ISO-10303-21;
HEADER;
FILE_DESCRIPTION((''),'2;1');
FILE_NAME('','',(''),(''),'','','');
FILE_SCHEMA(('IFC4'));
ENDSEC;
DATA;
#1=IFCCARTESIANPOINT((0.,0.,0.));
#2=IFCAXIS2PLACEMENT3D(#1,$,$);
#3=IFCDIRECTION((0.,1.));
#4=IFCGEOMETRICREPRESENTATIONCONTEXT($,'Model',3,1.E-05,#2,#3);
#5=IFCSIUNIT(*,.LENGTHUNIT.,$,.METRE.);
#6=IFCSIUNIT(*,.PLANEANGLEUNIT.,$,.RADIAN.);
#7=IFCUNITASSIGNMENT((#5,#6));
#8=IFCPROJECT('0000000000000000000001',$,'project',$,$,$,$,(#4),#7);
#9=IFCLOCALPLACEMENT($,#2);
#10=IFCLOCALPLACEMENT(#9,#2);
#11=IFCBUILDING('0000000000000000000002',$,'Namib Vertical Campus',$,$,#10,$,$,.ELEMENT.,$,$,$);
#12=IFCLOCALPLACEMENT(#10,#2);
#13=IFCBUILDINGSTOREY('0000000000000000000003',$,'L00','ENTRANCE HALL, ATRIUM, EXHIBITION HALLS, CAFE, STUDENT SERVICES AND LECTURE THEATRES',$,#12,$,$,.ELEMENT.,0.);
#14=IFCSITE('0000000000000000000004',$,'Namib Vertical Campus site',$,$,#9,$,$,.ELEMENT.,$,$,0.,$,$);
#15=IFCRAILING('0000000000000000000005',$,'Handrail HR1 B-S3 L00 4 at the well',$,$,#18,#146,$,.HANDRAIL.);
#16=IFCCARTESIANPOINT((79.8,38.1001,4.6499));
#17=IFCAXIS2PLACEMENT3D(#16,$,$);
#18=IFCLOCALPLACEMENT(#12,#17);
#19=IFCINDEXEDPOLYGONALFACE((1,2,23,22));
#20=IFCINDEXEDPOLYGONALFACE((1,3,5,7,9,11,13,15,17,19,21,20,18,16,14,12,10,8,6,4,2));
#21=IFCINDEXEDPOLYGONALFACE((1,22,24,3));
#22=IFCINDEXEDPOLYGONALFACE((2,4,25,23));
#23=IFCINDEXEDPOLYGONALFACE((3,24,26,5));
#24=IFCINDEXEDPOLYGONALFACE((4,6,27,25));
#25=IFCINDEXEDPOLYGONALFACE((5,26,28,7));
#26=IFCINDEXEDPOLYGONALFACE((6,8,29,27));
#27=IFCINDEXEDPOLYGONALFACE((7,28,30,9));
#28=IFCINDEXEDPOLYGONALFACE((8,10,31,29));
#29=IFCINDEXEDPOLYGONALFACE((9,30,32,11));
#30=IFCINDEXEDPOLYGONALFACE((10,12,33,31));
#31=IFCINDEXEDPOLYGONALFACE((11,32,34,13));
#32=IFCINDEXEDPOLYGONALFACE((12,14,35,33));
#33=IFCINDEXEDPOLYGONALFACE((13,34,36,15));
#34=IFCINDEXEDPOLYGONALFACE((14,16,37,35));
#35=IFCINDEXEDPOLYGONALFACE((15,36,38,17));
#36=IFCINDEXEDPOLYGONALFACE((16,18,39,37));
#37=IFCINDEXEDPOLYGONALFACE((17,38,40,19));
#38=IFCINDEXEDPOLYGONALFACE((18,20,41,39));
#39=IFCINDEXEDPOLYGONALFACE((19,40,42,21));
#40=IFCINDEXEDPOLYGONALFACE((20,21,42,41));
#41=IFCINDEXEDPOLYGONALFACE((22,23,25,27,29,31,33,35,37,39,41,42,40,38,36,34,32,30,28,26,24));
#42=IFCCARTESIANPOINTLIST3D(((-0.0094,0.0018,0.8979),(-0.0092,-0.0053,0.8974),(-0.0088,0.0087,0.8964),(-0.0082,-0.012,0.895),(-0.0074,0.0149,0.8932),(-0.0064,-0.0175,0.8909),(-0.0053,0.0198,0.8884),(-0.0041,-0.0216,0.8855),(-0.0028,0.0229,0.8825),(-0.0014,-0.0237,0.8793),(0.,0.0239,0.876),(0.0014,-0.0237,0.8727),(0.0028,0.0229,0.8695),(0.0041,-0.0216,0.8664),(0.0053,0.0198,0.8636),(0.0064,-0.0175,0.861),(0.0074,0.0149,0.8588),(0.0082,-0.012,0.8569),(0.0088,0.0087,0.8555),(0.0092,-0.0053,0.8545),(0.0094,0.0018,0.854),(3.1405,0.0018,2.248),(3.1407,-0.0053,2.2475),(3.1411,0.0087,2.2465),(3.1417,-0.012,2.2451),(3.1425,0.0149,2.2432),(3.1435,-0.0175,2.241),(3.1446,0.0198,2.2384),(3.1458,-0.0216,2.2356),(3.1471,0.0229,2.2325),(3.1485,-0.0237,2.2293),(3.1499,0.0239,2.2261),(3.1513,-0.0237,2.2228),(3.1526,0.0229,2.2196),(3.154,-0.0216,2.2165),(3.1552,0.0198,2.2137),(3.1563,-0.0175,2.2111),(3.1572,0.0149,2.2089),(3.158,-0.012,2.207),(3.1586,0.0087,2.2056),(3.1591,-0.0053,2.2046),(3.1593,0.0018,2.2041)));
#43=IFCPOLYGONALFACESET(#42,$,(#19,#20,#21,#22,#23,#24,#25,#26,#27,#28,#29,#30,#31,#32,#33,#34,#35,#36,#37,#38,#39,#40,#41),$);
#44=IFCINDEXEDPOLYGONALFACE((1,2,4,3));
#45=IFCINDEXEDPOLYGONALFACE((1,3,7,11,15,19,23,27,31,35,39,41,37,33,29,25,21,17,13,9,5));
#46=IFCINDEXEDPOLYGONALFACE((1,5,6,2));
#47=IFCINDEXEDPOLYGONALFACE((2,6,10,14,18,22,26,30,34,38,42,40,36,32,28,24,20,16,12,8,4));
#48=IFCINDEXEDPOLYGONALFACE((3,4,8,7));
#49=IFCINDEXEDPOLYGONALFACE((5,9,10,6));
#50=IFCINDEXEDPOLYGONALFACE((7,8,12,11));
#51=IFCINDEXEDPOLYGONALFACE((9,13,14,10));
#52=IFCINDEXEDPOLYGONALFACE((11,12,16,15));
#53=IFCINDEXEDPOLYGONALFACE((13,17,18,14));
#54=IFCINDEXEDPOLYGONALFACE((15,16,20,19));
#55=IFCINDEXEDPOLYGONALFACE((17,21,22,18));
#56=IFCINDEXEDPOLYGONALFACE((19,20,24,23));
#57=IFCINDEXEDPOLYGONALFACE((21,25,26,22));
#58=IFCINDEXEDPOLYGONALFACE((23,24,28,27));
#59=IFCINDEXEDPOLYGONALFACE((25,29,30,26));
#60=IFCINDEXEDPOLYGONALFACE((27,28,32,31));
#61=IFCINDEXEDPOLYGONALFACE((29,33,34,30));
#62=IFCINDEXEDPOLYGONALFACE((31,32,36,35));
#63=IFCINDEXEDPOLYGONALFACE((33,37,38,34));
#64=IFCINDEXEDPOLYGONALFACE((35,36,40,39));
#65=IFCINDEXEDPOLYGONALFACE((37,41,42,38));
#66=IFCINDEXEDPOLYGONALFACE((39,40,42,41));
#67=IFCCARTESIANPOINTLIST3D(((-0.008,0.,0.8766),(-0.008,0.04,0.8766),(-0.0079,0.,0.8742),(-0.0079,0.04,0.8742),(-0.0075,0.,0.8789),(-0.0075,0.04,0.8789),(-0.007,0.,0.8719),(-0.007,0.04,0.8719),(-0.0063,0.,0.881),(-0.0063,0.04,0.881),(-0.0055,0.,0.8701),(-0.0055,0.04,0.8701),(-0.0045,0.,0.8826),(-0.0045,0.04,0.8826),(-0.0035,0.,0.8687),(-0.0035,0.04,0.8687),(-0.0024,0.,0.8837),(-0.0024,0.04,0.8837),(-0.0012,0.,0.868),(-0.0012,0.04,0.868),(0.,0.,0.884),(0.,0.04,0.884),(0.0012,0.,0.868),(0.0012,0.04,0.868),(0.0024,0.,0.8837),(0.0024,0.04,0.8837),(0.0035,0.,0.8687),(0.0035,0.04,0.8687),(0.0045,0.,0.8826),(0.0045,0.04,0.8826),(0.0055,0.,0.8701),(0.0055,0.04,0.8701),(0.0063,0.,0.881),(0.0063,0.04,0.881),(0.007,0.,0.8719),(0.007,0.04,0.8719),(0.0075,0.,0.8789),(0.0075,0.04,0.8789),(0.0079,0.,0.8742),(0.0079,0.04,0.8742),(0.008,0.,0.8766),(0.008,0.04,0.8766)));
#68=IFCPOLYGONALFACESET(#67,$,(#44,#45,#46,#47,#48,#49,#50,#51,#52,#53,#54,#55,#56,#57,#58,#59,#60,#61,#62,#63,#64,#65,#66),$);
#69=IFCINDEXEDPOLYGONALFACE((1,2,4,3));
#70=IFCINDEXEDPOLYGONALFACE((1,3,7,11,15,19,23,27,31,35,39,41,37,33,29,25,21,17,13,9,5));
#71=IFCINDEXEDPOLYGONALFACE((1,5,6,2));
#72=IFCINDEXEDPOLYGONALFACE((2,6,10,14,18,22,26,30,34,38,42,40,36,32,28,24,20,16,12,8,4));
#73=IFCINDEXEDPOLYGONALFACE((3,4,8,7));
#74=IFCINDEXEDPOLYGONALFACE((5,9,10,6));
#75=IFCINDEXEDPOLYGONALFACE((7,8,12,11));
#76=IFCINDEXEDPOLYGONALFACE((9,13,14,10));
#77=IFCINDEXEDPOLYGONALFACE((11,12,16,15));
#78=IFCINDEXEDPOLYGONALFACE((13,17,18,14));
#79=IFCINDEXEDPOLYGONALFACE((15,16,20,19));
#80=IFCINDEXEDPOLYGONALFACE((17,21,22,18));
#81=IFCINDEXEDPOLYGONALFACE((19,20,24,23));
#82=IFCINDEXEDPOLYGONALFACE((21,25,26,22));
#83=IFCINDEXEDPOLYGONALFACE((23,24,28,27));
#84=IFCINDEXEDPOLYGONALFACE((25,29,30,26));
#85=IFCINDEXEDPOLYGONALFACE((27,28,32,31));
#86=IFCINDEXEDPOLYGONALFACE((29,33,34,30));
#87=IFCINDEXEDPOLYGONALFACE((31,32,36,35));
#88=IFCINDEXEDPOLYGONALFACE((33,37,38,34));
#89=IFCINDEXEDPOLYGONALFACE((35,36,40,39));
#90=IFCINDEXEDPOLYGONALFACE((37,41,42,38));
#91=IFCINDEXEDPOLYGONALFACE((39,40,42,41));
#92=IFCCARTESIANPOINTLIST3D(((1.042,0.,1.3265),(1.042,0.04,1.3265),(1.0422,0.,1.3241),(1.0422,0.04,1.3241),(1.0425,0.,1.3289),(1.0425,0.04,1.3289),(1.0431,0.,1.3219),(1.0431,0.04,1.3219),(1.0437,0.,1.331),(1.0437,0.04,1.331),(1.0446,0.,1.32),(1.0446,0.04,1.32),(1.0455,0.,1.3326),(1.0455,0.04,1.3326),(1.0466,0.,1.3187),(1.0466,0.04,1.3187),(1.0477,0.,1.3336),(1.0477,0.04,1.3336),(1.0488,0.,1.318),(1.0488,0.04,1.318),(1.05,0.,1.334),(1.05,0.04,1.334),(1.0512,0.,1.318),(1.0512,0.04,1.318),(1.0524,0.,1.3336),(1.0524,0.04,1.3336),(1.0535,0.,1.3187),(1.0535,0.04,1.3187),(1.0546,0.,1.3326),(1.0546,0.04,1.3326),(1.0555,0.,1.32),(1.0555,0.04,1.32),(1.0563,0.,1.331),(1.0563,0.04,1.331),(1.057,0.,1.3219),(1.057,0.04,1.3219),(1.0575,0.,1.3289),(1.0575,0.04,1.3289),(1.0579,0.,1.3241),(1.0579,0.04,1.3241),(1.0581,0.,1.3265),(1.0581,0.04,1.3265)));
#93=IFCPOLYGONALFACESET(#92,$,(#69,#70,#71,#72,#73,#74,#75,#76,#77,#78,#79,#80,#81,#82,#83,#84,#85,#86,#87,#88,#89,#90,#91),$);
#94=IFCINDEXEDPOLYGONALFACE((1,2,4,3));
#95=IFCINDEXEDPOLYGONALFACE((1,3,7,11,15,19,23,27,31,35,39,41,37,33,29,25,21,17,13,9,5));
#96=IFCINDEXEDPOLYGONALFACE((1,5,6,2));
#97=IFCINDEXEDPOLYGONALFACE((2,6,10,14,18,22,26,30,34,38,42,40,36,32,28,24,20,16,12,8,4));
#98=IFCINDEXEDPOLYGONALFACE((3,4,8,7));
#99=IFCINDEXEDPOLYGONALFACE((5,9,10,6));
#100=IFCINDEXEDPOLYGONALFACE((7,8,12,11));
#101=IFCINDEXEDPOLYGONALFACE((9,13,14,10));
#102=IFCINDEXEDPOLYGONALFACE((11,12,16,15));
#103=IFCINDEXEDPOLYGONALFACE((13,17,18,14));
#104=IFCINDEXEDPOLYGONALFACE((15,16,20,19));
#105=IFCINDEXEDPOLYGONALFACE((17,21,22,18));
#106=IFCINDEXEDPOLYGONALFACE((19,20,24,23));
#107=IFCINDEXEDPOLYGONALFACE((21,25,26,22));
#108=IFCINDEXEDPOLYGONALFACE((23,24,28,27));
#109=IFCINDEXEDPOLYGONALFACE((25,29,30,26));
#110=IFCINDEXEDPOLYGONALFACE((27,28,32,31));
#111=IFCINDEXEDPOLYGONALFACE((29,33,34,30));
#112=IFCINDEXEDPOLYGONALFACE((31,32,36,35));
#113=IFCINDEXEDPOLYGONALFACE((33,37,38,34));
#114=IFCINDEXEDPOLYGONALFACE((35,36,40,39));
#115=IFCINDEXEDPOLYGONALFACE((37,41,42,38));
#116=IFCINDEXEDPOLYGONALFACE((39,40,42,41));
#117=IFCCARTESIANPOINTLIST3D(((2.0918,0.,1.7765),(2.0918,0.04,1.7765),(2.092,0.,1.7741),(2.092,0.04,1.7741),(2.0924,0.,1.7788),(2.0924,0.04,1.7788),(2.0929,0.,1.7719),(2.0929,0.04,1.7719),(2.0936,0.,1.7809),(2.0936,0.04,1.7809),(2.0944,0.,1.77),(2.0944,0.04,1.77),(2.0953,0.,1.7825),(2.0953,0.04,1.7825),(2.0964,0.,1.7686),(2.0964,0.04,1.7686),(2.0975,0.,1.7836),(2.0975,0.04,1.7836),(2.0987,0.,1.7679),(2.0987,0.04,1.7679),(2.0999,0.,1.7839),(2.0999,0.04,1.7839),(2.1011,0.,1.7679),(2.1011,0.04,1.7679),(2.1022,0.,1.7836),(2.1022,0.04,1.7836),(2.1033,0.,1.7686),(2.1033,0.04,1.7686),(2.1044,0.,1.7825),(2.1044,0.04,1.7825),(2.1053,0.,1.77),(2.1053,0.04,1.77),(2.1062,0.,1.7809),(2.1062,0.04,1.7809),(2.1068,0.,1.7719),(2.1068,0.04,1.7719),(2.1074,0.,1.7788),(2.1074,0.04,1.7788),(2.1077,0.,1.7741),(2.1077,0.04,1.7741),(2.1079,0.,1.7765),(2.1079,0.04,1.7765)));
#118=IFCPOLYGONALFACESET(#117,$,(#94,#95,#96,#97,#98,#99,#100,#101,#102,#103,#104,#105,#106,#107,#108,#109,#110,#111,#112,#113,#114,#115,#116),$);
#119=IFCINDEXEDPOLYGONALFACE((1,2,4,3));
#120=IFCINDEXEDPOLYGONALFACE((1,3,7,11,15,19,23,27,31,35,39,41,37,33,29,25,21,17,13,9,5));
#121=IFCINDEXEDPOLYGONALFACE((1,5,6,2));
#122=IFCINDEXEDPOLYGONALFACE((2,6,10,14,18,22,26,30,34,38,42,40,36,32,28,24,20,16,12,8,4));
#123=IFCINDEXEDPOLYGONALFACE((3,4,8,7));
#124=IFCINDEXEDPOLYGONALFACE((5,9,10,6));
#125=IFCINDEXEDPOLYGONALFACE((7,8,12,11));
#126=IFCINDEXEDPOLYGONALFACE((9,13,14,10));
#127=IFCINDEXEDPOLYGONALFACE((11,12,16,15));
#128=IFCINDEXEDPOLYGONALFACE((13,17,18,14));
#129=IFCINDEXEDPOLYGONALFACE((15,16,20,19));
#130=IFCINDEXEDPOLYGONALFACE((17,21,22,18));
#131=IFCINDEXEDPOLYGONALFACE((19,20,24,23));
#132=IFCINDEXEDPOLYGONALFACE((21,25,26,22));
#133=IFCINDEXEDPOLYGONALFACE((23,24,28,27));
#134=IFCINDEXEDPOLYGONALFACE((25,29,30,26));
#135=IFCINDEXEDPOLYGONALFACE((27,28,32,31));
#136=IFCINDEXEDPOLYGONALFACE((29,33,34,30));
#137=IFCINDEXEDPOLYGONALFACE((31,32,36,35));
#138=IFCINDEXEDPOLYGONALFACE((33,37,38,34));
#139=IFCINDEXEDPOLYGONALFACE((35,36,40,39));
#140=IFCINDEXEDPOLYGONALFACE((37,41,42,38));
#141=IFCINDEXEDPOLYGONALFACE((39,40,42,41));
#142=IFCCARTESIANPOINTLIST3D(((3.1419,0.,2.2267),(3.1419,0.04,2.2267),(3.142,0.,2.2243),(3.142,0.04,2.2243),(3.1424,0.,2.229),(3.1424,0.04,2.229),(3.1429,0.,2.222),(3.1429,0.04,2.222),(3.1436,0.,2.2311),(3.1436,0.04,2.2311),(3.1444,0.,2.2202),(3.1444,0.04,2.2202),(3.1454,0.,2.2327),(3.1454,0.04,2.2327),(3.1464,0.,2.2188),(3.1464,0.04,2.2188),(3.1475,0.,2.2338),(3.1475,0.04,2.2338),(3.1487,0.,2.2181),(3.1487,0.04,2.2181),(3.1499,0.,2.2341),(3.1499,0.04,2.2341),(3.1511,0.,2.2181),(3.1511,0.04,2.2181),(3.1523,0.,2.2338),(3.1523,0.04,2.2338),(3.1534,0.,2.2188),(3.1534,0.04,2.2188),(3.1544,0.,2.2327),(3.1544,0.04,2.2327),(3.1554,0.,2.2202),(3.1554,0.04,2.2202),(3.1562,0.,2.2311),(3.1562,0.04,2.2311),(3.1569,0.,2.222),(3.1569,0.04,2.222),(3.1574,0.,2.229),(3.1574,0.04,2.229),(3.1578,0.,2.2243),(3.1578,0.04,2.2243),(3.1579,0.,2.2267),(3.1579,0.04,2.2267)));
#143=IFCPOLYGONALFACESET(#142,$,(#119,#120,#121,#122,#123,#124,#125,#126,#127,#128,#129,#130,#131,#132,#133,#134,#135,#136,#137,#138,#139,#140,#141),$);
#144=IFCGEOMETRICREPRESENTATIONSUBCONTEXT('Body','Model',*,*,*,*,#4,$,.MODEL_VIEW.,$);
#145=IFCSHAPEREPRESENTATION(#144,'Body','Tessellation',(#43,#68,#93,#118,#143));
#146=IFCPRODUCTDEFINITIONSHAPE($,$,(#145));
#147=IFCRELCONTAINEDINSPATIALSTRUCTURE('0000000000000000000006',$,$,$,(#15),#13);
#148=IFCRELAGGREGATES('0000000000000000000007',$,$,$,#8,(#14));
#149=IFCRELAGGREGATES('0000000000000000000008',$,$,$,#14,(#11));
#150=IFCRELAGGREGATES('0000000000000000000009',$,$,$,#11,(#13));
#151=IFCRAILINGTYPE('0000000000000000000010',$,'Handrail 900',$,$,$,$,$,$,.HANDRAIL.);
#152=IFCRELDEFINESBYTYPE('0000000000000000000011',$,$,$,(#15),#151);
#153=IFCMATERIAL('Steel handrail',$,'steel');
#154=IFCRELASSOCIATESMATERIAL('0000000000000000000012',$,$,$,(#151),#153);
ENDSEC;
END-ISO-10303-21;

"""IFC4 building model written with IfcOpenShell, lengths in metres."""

from ifc_helpers import new_model, si_unit, direction, frame, origin, origin_2d, place, context, subcontext, project, spatial, circle, extrude, material, type_object, element, save


model = new_model("IFC4")

# Units and contexts
model_context = context("Model", 3, precision=1e-05, world=origin(), true_north=direction((0.0, 1.0)))
body_context = subcontext(model_context, "Body", "Model", "MODEL_VIEW")
ifc_project = project(units=[si_unit("LENGTHUNIT", "METRE"), si_unit("PLANEANGLEUNIT", "RADIAN")], contexts=[model_context])

# Site, building, storey
site_placement = place(None, origin())
site = spatial("IfcSite", under=ifc_project, at=site_placement, Name="Namib Vertical Campus site", CompositionType="ELEMENT", RefElevation=0.0)
building_placement = place(site_placement, origin())
building = spatial("IfcBuilding", under=site, at=building_placement, Name="Namib Vertical Campus", CompositionType="ELEMENT")
storey_placement = place(building_placement, origin())
storey = spatial("IfcBuildingStorey", under=building, at=storey_placement, Name="L00", Description="ENTRANCE HALL, ATRIUM, EXHIBITION HALLS, CAFE, STUDENT SERVICES AND LECTURE THEATRES", CompositionType="ELEMENT", Elevation=0.0)

# Railing
ifc_material_1 = material(Name="Steel handrail", Category="steel")
railing_type_1 = type_object("IfcRailingType", Name="Handrail 900", PredefinedType="HANDRAIL", material=ifc_material_1)
railing_1_placement = place(storey_placement, frame((79.8, 38.1001, 4.6499)))
element("IfcRailing", 1, at=railing_1_placement, inside=storey, type_object=railing_type_1, Name="Handrail HR1 B-S3 L00 4 at the well", PredefinedType="HANDRAIL", context=body_context, shape_type="SweptSolid", body=[
    extrude(circle(Radius=0.0239, at=origin_2d()), frame((0.0, 0.0, 0.876), z_axis=(0.91913, 0.0, 0.393954), x_axis=(0.0, 1.0, 0.0)), (0.0, 0.0, 1.0), 3.427),
    extrude(circle(Radius=0.0081, at=origin_2d()), frame((0.0, 0.0, 0.876), z_axis=(0.0, 1.0, 0.0), x_axis=(0.0, 0.0, 1.0)), (0.0, 0.0, 1.0), 0.04),
    extrude(circle(Radius=0.0081, at=origin_2d()), frame((1.05, 0.0, 1.3259), z_axis=(0.0, 1.0, 0.0), x_axis=(0.0, 0.0, 1.0)), (0.0, 0.0, 1.0), 0.04),
    extrude(circle(Radius=0.0081, at=origin_2d()), frame((2.0999, 0.0, 1.7759), z_axis=(0.0, 1.0, 0.0), x_axis=(0.0, 0.0, 1.0)), (0.0, 0.0, 1.0), 0.04),
    extrude(circle(Radius=0.0081, at=origin_2d()), frame((3.1499, 0.0, 2.2261), z_axis=(0.0, 1.0, 0.0), x_axis=(0.0, 0.0, 1.0)), (0.0, 0.0, 1.0), 0.04),
])

save(model, "model.ifc")
